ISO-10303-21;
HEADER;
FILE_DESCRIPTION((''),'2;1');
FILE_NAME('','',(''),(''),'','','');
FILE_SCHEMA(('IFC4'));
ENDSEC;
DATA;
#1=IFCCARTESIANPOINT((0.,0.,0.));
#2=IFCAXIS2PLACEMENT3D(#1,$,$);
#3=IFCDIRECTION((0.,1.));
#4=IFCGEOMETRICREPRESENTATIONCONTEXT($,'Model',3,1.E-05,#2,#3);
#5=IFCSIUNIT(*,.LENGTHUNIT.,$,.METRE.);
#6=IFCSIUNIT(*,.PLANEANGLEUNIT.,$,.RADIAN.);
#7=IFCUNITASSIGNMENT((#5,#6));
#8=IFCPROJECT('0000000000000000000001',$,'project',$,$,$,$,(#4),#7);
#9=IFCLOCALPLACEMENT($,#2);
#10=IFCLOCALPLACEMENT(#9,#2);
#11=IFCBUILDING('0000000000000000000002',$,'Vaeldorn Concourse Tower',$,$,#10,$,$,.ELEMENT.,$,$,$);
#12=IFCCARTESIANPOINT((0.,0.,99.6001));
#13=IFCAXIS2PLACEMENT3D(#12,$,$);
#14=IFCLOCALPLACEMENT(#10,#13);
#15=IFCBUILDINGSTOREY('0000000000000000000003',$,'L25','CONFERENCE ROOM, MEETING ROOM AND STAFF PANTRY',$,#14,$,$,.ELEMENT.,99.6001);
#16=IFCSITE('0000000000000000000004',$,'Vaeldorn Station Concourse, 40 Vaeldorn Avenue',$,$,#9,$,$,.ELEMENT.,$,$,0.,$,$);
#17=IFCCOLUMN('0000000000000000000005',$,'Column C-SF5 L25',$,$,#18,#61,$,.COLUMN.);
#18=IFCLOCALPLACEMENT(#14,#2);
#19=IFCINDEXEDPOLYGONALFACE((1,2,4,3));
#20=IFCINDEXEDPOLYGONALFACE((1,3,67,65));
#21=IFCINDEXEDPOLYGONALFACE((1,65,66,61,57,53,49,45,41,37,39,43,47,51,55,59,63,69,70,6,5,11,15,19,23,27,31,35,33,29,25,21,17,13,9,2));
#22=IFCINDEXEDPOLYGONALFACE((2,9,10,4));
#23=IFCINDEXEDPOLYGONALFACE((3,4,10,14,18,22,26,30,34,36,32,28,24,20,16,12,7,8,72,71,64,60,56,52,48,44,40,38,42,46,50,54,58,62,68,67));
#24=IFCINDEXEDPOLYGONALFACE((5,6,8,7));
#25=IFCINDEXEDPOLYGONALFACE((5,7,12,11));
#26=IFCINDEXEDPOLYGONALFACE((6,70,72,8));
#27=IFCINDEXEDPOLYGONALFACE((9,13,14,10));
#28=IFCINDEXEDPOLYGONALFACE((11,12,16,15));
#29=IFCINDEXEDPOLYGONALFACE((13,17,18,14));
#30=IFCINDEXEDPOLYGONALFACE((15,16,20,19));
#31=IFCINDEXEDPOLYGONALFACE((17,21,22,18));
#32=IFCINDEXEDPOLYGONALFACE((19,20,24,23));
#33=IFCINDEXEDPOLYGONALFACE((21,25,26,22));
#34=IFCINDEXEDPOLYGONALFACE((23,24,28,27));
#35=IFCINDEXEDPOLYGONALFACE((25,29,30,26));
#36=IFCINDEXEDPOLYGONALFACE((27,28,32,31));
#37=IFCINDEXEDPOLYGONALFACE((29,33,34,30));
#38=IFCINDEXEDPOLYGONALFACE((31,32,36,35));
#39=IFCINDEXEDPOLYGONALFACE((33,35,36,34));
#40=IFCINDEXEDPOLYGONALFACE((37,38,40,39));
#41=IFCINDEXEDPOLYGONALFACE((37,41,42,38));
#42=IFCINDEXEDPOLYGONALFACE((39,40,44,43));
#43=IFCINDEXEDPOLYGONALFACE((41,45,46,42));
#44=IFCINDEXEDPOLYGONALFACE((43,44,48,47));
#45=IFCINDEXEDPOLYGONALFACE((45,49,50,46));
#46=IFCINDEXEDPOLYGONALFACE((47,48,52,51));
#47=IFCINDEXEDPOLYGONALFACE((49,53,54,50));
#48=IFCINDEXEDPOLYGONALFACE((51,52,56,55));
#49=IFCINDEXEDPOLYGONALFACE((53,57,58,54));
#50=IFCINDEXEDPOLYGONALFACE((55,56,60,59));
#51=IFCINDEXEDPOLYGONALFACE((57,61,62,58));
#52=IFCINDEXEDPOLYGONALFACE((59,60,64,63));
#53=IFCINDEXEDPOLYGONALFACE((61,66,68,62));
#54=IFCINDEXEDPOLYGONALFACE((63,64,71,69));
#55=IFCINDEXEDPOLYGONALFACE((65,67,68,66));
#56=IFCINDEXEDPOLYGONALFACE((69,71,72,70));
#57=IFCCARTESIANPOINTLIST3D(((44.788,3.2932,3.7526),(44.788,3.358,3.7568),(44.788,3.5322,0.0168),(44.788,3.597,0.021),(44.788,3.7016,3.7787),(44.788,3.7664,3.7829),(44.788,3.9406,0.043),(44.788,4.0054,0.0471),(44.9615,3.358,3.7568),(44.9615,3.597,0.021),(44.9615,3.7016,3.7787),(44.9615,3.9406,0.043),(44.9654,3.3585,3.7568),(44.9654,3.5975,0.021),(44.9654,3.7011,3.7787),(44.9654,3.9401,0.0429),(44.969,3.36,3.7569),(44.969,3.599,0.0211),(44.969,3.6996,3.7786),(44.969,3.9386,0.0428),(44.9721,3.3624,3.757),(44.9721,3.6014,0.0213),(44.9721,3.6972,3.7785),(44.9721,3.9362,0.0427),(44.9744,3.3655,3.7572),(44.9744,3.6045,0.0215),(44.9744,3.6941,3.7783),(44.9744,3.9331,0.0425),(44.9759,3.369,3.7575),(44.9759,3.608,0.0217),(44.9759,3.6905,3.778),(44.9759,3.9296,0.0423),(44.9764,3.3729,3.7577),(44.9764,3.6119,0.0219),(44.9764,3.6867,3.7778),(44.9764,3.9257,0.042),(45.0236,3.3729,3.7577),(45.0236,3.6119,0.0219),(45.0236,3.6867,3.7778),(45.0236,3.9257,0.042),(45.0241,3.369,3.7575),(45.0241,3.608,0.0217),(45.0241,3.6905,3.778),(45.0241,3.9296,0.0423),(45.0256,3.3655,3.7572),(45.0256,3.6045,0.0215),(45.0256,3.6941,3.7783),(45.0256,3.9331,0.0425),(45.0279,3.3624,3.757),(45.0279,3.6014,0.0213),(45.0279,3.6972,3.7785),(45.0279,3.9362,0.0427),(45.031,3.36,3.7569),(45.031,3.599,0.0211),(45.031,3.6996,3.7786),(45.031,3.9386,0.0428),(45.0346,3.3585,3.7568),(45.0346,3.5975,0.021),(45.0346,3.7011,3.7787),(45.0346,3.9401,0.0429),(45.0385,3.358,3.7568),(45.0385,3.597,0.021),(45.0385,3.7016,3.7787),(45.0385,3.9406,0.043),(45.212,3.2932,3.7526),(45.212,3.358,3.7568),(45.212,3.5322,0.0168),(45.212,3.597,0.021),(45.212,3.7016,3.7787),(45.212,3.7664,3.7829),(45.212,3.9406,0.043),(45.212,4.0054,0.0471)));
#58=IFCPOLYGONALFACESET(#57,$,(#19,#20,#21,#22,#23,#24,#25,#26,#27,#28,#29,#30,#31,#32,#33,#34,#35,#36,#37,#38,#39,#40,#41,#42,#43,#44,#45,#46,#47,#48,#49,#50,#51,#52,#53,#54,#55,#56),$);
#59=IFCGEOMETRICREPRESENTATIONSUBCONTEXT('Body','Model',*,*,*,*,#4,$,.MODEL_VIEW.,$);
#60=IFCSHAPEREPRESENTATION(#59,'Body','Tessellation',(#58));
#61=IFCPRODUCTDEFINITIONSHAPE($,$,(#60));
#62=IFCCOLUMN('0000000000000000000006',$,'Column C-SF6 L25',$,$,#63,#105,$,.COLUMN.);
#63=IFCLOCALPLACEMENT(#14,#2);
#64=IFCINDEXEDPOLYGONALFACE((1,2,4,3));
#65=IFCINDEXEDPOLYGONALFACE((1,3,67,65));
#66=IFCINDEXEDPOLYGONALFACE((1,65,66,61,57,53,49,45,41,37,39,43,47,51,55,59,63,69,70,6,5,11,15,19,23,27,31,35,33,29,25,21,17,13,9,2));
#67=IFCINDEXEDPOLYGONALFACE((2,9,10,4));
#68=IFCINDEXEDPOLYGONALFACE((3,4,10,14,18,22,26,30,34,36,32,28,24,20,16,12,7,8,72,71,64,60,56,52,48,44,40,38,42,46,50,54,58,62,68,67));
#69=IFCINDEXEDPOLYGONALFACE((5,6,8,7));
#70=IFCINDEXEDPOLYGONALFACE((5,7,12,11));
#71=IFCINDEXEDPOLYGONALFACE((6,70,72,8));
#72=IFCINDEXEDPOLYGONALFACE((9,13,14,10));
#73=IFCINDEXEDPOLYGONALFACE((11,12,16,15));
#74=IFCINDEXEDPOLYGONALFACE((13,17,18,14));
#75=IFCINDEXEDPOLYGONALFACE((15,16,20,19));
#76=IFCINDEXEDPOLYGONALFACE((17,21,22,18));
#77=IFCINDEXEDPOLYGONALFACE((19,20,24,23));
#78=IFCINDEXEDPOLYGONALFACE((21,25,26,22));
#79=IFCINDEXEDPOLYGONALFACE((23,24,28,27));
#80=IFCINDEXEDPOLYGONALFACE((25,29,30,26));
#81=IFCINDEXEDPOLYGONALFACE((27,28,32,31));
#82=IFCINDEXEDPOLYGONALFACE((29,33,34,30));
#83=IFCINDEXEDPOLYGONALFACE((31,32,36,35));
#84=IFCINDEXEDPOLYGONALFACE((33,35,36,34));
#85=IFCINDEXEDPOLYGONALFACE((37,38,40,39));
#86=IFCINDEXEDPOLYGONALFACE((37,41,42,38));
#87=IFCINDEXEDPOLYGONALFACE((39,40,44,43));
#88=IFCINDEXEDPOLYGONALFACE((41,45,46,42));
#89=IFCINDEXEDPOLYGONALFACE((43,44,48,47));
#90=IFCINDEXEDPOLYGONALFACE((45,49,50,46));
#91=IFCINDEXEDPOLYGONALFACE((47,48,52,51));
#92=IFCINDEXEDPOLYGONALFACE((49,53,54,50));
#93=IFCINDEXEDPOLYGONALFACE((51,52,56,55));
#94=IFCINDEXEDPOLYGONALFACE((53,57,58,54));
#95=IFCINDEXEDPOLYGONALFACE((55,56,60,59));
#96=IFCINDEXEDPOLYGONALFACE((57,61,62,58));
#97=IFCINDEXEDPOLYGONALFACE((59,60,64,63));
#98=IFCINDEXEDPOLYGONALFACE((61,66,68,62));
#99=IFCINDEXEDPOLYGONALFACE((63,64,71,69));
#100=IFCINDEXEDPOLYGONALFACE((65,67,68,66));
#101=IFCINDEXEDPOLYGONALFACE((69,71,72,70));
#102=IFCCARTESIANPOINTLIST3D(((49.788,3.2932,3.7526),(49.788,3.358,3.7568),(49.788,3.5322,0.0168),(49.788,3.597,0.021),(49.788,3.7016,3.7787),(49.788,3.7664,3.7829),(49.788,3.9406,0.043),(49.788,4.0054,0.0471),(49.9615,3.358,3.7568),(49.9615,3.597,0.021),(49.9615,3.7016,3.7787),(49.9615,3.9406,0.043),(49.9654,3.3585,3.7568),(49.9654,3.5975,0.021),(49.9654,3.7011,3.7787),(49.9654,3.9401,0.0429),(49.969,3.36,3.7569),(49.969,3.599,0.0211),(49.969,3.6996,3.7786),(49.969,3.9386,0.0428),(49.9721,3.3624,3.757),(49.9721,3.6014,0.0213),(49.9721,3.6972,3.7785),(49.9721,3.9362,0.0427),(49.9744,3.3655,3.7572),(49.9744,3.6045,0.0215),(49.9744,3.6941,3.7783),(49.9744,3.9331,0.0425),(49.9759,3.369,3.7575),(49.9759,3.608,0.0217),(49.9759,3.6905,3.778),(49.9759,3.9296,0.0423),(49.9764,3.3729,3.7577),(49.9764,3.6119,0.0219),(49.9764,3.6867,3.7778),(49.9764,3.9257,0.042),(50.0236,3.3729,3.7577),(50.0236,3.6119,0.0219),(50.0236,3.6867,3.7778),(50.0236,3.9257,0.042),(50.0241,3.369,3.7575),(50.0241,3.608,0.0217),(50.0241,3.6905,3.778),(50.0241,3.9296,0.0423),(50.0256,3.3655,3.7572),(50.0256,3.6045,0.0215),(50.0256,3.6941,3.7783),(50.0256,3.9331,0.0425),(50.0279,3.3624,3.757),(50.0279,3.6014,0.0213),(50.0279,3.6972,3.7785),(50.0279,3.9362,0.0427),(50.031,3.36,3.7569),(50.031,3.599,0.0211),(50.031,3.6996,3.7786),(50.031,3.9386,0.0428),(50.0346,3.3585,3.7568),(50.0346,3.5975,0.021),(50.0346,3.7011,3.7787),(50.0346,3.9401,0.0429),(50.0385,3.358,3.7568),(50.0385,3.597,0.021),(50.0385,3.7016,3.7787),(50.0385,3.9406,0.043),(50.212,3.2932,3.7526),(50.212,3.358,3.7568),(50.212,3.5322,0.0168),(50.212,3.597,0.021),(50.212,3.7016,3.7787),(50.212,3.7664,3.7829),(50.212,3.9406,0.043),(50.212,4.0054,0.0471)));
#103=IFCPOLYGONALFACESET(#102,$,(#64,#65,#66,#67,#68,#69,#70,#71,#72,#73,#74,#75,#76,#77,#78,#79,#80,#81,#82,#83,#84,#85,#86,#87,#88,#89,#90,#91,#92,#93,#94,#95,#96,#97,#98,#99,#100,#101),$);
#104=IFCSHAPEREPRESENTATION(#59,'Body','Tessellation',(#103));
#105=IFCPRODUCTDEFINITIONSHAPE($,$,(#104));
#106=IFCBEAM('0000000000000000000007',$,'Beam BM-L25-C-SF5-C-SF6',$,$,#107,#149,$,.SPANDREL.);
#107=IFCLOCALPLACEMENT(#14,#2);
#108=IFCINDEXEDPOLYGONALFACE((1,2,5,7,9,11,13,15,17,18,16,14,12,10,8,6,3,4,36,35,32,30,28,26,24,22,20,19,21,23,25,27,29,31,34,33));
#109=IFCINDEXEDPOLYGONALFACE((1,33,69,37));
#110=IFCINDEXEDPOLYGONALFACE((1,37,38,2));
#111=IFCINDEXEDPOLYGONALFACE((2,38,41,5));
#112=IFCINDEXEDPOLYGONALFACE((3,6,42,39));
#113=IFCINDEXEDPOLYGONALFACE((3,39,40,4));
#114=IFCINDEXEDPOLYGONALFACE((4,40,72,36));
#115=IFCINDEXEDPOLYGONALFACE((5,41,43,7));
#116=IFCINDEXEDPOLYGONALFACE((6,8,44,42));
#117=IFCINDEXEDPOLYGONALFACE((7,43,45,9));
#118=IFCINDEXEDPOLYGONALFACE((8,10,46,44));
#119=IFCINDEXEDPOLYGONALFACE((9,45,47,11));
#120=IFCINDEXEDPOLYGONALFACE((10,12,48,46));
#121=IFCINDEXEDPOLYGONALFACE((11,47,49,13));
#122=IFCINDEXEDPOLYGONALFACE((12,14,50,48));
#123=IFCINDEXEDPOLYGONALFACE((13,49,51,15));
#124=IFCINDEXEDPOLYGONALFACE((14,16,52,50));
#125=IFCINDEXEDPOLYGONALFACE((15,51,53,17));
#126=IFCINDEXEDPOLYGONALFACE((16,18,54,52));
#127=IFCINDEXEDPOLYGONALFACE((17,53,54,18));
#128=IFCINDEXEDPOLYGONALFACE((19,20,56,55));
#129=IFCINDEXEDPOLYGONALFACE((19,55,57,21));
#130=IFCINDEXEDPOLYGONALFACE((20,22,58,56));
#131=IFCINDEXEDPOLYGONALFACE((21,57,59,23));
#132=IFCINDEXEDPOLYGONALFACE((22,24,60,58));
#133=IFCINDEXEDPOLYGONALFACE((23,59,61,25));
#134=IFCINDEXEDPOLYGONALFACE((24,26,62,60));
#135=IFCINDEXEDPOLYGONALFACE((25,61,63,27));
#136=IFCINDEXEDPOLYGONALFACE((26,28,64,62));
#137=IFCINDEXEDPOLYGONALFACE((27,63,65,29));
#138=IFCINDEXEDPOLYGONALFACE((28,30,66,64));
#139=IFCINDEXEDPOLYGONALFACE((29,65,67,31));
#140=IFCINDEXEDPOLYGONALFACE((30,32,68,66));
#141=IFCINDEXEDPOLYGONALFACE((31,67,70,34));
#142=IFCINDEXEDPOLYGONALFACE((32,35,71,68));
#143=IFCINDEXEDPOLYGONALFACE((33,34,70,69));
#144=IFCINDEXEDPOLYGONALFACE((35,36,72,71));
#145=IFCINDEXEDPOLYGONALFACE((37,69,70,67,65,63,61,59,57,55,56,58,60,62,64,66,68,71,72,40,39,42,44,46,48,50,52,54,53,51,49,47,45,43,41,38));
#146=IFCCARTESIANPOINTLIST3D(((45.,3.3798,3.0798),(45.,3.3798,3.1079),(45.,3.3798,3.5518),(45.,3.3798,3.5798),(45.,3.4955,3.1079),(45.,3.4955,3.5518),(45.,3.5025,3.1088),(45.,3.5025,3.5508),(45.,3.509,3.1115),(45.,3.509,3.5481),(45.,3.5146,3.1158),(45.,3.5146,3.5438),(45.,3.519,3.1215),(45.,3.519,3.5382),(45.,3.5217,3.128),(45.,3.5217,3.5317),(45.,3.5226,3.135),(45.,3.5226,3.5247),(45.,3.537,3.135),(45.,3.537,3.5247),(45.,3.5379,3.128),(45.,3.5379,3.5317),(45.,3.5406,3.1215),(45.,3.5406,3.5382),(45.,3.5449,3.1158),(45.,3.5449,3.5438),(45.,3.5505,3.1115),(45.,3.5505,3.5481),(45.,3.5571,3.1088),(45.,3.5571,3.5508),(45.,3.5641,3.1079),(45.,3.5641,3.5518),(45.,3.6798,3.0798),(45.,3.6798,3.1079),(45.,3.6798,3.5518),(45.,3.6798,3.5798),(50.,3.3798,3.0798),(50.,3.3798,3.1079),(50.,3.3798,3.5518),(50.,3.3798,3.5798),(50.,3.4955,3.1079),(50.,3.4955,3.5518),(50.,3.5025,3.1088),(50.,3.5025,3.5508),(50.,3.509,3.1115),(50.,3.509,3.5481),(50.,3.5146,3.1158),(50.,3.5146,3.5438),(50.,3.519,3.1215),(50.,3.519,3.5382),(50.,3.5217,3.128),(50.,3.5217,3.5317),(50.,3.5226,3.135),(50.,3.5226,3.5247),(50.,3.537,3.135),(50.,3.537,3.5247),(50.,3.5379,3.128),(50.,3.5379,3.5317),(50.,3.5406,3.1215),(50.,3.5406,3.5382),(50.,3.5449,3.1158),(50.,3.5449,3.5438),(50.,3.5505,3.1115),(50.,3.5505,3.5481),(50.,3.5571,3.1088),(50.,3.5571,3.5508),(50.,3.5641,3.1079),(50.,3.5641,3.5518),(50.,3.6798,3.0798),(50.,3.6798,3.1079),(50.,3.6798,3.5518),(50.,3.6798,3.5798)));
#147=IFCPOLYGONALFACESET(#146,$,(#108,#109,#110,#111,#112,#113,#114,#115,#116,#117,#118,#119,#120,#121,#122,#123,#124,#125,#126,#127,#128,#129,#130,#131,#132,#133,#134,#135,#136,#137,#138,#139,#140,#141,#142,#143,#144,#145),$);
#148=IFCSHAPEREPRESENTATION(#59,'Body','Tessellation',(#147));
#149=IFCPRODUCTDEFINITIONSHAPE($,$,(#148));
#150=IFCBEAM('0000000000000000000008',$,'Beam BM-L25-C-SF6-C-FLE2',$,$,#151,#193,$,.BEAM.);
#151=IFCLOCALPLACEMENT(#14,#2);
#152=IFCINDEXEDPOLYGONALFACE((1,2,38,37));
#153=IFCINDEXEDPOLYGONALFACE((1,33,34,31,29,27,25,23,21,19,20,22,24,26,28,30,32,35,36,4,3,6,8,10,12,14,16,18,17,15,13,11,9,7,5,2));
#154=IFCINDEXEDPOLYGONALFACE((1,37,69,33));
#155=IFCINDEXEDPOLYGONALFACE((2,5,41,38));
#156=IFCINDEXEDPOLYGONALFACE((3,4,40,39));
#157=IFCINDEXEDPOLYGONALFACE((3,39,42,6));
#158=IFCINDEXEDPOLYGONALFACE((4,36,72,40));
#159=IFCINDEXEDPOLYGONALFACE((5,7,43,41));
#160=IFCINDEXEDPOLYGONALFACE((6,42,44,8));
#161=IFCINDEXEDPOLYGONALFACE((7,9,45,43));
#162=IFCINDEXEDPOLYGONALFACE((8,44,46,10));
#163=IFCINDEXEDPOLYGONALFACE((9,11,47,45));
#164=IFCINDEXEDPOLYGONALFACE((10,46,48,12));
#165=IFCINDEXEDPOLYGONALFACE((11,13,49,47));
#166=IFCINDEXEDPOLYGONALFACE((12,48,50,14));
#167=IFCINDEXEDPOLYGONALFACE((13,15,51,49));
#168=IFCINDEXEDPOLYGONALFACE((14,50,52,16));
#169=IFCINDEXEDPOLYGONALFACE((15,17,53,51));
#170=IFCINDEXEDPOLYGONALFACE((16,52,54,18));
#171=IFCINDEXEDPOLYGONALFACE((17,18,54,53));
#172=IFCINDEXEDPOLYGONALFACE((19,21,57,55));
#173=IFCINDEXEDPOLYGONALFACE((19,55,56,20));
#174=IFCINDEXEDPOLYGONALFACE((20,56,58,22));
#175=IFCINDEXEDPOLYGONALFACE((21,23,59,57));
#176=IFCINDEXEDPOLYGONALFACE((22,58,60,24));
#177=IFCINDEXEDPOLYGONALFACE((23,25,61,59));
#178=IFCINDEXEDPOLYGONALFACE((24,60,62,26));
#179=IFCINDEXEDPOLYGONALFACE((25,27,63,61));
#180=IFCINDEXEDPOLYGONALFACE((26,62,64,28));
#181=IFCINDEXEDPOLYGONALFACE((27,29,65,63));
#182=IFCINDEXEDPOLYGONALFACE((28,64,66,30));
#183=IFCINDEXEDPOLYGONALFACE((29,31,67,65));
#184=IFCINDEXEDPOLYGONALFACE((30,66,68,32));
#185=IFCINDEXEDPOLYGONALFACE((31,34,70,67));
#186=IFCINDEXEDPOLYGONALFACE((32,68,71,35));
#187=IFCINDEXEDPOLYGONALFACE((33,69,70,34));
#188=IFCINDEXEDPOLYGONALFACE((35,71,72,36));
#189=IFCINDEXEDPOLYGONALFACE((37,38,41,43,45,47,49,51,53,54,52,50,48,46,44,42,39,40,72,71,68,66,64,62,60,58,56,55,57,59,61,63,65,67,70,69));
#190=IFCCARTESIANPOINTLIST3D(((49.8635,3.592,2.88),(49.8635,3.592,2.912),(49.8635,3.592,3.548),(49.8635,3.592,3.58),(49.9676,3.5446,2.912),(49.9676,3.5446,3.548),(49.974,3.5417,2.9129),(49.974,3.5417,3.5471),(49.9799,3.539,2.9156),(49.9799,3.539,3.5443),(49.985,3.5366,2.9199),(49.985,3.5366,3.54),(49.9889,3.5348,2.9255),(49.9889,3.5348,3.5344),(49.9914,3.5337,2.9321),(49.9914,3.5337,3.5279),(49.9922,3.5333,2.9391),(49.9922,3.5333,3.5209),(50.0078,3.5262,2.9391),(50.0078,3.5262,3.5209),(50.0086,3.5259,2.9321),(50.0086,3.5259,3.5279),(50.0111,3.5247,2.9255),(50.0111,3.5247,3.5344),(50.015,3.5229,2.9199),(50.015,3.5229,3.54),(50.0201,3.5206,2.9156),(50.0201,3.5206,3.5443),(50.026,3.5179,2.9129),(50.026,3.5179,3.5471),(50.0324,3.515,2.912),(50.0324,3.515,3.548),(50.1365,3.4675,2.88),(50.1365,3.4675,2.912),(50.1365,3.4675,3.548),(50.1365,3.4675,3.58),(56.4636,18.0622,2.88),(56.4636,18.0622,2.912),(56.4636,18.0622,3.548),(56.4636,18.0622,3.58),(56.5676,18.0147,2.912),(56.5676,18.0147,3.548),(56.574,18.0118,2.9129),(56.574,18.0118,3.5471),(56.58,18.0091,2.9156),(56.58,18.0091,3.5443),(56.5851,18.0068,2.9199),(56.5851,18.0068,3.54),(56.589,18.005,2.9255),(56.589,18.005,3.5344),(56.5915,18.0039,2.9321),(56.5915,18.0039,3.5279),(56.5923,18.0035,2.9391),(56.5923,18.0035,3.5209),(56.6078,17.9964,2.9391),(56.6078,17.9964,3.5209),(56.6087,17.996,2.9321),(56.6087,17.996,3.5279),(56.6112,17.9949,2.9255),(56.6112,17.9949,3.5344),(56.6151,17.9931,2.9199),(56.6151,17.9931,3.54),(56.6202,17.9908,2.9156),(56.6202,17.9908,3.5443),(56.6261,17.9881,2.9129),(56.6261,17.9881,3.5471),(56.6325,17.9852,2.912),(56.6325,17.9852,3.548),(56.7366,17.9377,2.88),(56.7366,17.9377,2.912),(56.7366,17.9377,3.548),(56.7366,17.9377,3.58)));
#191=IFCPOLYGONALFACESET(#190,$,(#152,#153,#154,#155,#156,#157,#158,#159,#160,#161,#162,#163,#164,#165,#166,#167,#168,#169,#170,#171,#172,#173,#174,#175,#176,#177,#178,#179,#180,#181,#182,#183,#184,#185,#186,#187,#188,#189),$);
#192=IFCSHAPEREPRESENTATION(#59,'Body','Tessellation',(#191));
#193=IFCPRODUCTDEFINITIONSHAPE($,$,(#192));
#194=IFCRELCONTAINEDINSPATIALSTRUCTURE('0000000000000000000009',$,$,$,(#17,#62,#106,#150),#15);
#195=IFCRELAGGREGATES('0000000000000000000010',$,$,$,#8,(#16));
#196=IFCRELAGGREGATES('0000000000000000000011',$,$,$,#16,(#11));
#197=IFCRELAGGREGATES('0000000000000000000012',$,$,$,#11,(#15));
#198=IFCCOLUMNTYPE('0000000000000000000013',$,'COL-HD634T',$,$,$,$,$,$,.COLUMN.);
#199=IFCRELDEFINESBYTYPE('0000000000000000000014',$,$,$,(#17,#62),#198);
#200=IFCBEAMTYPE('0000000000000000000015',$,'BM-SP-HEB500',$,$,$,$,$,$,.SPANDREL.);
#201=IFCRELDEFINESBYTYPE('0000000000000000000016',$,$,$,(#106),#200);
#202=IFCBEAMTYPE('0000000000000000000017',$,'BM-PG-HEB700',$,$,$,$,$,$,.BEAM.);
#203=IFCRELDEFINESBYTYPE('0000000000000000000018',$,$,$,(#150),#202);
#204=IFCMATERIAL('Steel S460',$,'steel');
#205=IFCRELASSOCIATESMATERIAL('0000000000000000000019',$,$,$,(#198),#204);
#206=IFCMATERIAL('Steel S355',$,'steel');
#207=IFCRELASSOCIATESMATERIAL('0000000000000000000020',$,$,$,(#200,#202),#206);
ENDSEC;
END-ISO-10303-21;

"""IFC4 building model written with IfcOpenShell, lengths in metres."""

from ifc_helpers import new_model, si_unit, direction, frame, origin, origin_2d, place, context, subcontext, project, spatial, i_section, extrude, source, transform, mapped, material, material_profile, profile_set, type_object, element, save


model = new_model("IFC4")

# Units and contexts
model_context = context("Model", 3, precision=1e-05, world=origin(), true_north=direction((0.0, 1.0)))
body_context = subcontext(model_context, "Body", "Model", "MODEL_VIEW")
ifc_project = project(units=[si_unit("LENGTHUNIT", "METRE"), si_unit("PLANEANGLEUNIT", "RADIAN")], contexts=[model_context])

# Site, building, storey
site_placement = place(None, origin())
site = spatial("IfcSite", under=ifc_project, at=site_placement, Name="Vaeldorn Station Concourse, 40 Vaeldorn Avenue", CompositionType="ELEMENT", RefElevation=0.0)
building_placement = place(site_placement, origin())
building = spatial("IfcBuilding", under=site, at=building_placement, Name="Vaeldorn Concourse Tower", CompositionType="ELEMENT")
storey_placement = place(building_placement, frame((0.0, 0.0, 99.6001)))
storey = spatial("IfcBuildingStorey", under=building, at=storey_placement, Name="L25", Description="CONFERENCE ROOM, MEETING ROOM AND STAFF PANTRY", CompositionType="ELEMENT", Elevation=99.6001)

# Columns
ifc_material_1 = material(Name="Steel S460", Category="steel")
ifc_material_profile_1 = material_profile(ifc_material_1, i_section(OverallWidth=0.4241, OverallDepth=0.4741, WebThickness=0.0471, FlangeThickness=0.0649, FilletRadius=0.0149, at=origin_2d()), Name="HD 400x634")
ifc_profile_set_1 = profile_set([ifc_material_profile_1], Name="Steel S460")
column_type = type_object("IfcColumnType", Name="COL-HD634T", PredefinedType="COLUMN", material=ifc_profile_set_1)
shared_shape_1 = source(origin(), body_context, "Body", "SweptSolid", [
    extrude(i_section(OverallWidth=0.4241, OverallDepth=0.4741, WebThickness=0.0471, FlangeThickness=0.0649, FilletRadius=0.0149, at=origin_2d()), origin(), (0.0, 0.0, 1.0), 3.7434),
])
for number, where, z_axis, x_axis, name in (
    (1, (45.0, 3.7688, 0.032), (0.0, -0.063848, 0.99796), (1.0, 0.0, 0.0), "Column C-SF5 L25"),
    (2, (50.0, 3.7688, 0.032), (0.0, -0.063848, 0.99796), (1.0, 0.0, 0.0), "Column C-SF6 L25"),
):
    element("IfcColumn", number, at=place(storey_placement, frame(where, z_axis=z_axis, x_axis=x_axis)), inside=storey, type_object=column_type, Name=name, PredefinedType="COLUMN", context=body_context, shape_type="MappedRepresentation", body=[
        mapped(shared_shape_1, transform((0.0, 0.0, 0.0), scale=1.0)),
    ])

# Beams
ifc_material_2 = material(Name="Steel S355", Category="steel")
ifc_material_profile_2 = material_profile(ifc_material_2, i_section(OverallWidth=0.3, OverallDepth=0.5, WebThickness=0.0144, FlangeThickness=0.0281, FilletRadius=0.0271, at=origin_2d()), Name="HEB 500")
ifc_profile_set_2 = profile_set([ifc_material_profile_2], Name="Steel S355")
beam_type_1 = type_object("IfcBeamType", Name="BM-SP-HEB500", PredefinedType="SPANDREL", material=ifc_profile_set_2)
shared_shape_2 = source(origin(), body_context, "Body", "SweptSolid", [
    extrude(i_section(OverallWidth=0.3, OverallDepth=0.5, WebThickness=0.0144, FlangeThickness=0.0281, FilletRadius=0.0271, at=origin_2d()), origin(), (0.0, 0.0, 1.0), 5.0),
])
beam_1_placement = place(storey_placement, frame((45.0, 3.5298, 3.3298), z_axis=(1.0, 0.0, 0.0), x_axis=(0.0, 1.0, 0.0)))
element("IfcBeam", 3, at=beam_1_placement, inside=storey, type_object=beam_type_1, Name="Beam BM-L25-C-SF5-C-SF6", PredefinedType="SPANDREL", context=body_context, shape_type="MappedRepresentation", body=[
    mapped(shared_shape_2, transform((0.0, 0.0, 0.0), scale=1.0)),
])
ifc_material_profile_3 = material_profile(ifc_material_2, i_section(OverallWidth=0.3, OverallDepth=0.7, WebThickness=0.0171, FlangeThickness=0.032, FilletRadius=0.0271, at=origin_2d()), Name="HEB 700")
ifc_profile_set_3 = profile_set([ifc_material_profile_3], Name="Steel S355")
beam_type_2 = type_object("IfcBeamType", Name="BM-PG-HEB700", PredefinedType="BEAM", material=ifc_profile_set_3)
shared_shape_3 = source(origin(), body_context, "Body", "SweptSolid", [
    extrude(i_section(OverallWidth=0.3, OverallDepth=0.7, WebThickness=0.0171, FlangeThickness=0.032, FilletRadius=0.0271, at=origin_2d()), origin(), (0.0, 0.0, 1.0), 15.9043),
])
beam_2_placement = place(storey_placement, frame((50.0, 3.5298, 3.23), z_axis=(0.414987, 0.909827, 0.0), x_axis=(-0.909827, 0.414987, 0.0)))
element("IfcBeam", 4, at=beam_2_placement, inside=storey, type_object=beam_type_2, Name="Beam BM-L25-C-SF6-C-FLE2", PredefinedType="BEAM", context=body_context, shape_type="MappedRepresentation", body=[
    mapped(shared_shape_3, transform((0.0, 0.0, 0.0), scale=1.0)),
])

save(model, "model.ifc")
